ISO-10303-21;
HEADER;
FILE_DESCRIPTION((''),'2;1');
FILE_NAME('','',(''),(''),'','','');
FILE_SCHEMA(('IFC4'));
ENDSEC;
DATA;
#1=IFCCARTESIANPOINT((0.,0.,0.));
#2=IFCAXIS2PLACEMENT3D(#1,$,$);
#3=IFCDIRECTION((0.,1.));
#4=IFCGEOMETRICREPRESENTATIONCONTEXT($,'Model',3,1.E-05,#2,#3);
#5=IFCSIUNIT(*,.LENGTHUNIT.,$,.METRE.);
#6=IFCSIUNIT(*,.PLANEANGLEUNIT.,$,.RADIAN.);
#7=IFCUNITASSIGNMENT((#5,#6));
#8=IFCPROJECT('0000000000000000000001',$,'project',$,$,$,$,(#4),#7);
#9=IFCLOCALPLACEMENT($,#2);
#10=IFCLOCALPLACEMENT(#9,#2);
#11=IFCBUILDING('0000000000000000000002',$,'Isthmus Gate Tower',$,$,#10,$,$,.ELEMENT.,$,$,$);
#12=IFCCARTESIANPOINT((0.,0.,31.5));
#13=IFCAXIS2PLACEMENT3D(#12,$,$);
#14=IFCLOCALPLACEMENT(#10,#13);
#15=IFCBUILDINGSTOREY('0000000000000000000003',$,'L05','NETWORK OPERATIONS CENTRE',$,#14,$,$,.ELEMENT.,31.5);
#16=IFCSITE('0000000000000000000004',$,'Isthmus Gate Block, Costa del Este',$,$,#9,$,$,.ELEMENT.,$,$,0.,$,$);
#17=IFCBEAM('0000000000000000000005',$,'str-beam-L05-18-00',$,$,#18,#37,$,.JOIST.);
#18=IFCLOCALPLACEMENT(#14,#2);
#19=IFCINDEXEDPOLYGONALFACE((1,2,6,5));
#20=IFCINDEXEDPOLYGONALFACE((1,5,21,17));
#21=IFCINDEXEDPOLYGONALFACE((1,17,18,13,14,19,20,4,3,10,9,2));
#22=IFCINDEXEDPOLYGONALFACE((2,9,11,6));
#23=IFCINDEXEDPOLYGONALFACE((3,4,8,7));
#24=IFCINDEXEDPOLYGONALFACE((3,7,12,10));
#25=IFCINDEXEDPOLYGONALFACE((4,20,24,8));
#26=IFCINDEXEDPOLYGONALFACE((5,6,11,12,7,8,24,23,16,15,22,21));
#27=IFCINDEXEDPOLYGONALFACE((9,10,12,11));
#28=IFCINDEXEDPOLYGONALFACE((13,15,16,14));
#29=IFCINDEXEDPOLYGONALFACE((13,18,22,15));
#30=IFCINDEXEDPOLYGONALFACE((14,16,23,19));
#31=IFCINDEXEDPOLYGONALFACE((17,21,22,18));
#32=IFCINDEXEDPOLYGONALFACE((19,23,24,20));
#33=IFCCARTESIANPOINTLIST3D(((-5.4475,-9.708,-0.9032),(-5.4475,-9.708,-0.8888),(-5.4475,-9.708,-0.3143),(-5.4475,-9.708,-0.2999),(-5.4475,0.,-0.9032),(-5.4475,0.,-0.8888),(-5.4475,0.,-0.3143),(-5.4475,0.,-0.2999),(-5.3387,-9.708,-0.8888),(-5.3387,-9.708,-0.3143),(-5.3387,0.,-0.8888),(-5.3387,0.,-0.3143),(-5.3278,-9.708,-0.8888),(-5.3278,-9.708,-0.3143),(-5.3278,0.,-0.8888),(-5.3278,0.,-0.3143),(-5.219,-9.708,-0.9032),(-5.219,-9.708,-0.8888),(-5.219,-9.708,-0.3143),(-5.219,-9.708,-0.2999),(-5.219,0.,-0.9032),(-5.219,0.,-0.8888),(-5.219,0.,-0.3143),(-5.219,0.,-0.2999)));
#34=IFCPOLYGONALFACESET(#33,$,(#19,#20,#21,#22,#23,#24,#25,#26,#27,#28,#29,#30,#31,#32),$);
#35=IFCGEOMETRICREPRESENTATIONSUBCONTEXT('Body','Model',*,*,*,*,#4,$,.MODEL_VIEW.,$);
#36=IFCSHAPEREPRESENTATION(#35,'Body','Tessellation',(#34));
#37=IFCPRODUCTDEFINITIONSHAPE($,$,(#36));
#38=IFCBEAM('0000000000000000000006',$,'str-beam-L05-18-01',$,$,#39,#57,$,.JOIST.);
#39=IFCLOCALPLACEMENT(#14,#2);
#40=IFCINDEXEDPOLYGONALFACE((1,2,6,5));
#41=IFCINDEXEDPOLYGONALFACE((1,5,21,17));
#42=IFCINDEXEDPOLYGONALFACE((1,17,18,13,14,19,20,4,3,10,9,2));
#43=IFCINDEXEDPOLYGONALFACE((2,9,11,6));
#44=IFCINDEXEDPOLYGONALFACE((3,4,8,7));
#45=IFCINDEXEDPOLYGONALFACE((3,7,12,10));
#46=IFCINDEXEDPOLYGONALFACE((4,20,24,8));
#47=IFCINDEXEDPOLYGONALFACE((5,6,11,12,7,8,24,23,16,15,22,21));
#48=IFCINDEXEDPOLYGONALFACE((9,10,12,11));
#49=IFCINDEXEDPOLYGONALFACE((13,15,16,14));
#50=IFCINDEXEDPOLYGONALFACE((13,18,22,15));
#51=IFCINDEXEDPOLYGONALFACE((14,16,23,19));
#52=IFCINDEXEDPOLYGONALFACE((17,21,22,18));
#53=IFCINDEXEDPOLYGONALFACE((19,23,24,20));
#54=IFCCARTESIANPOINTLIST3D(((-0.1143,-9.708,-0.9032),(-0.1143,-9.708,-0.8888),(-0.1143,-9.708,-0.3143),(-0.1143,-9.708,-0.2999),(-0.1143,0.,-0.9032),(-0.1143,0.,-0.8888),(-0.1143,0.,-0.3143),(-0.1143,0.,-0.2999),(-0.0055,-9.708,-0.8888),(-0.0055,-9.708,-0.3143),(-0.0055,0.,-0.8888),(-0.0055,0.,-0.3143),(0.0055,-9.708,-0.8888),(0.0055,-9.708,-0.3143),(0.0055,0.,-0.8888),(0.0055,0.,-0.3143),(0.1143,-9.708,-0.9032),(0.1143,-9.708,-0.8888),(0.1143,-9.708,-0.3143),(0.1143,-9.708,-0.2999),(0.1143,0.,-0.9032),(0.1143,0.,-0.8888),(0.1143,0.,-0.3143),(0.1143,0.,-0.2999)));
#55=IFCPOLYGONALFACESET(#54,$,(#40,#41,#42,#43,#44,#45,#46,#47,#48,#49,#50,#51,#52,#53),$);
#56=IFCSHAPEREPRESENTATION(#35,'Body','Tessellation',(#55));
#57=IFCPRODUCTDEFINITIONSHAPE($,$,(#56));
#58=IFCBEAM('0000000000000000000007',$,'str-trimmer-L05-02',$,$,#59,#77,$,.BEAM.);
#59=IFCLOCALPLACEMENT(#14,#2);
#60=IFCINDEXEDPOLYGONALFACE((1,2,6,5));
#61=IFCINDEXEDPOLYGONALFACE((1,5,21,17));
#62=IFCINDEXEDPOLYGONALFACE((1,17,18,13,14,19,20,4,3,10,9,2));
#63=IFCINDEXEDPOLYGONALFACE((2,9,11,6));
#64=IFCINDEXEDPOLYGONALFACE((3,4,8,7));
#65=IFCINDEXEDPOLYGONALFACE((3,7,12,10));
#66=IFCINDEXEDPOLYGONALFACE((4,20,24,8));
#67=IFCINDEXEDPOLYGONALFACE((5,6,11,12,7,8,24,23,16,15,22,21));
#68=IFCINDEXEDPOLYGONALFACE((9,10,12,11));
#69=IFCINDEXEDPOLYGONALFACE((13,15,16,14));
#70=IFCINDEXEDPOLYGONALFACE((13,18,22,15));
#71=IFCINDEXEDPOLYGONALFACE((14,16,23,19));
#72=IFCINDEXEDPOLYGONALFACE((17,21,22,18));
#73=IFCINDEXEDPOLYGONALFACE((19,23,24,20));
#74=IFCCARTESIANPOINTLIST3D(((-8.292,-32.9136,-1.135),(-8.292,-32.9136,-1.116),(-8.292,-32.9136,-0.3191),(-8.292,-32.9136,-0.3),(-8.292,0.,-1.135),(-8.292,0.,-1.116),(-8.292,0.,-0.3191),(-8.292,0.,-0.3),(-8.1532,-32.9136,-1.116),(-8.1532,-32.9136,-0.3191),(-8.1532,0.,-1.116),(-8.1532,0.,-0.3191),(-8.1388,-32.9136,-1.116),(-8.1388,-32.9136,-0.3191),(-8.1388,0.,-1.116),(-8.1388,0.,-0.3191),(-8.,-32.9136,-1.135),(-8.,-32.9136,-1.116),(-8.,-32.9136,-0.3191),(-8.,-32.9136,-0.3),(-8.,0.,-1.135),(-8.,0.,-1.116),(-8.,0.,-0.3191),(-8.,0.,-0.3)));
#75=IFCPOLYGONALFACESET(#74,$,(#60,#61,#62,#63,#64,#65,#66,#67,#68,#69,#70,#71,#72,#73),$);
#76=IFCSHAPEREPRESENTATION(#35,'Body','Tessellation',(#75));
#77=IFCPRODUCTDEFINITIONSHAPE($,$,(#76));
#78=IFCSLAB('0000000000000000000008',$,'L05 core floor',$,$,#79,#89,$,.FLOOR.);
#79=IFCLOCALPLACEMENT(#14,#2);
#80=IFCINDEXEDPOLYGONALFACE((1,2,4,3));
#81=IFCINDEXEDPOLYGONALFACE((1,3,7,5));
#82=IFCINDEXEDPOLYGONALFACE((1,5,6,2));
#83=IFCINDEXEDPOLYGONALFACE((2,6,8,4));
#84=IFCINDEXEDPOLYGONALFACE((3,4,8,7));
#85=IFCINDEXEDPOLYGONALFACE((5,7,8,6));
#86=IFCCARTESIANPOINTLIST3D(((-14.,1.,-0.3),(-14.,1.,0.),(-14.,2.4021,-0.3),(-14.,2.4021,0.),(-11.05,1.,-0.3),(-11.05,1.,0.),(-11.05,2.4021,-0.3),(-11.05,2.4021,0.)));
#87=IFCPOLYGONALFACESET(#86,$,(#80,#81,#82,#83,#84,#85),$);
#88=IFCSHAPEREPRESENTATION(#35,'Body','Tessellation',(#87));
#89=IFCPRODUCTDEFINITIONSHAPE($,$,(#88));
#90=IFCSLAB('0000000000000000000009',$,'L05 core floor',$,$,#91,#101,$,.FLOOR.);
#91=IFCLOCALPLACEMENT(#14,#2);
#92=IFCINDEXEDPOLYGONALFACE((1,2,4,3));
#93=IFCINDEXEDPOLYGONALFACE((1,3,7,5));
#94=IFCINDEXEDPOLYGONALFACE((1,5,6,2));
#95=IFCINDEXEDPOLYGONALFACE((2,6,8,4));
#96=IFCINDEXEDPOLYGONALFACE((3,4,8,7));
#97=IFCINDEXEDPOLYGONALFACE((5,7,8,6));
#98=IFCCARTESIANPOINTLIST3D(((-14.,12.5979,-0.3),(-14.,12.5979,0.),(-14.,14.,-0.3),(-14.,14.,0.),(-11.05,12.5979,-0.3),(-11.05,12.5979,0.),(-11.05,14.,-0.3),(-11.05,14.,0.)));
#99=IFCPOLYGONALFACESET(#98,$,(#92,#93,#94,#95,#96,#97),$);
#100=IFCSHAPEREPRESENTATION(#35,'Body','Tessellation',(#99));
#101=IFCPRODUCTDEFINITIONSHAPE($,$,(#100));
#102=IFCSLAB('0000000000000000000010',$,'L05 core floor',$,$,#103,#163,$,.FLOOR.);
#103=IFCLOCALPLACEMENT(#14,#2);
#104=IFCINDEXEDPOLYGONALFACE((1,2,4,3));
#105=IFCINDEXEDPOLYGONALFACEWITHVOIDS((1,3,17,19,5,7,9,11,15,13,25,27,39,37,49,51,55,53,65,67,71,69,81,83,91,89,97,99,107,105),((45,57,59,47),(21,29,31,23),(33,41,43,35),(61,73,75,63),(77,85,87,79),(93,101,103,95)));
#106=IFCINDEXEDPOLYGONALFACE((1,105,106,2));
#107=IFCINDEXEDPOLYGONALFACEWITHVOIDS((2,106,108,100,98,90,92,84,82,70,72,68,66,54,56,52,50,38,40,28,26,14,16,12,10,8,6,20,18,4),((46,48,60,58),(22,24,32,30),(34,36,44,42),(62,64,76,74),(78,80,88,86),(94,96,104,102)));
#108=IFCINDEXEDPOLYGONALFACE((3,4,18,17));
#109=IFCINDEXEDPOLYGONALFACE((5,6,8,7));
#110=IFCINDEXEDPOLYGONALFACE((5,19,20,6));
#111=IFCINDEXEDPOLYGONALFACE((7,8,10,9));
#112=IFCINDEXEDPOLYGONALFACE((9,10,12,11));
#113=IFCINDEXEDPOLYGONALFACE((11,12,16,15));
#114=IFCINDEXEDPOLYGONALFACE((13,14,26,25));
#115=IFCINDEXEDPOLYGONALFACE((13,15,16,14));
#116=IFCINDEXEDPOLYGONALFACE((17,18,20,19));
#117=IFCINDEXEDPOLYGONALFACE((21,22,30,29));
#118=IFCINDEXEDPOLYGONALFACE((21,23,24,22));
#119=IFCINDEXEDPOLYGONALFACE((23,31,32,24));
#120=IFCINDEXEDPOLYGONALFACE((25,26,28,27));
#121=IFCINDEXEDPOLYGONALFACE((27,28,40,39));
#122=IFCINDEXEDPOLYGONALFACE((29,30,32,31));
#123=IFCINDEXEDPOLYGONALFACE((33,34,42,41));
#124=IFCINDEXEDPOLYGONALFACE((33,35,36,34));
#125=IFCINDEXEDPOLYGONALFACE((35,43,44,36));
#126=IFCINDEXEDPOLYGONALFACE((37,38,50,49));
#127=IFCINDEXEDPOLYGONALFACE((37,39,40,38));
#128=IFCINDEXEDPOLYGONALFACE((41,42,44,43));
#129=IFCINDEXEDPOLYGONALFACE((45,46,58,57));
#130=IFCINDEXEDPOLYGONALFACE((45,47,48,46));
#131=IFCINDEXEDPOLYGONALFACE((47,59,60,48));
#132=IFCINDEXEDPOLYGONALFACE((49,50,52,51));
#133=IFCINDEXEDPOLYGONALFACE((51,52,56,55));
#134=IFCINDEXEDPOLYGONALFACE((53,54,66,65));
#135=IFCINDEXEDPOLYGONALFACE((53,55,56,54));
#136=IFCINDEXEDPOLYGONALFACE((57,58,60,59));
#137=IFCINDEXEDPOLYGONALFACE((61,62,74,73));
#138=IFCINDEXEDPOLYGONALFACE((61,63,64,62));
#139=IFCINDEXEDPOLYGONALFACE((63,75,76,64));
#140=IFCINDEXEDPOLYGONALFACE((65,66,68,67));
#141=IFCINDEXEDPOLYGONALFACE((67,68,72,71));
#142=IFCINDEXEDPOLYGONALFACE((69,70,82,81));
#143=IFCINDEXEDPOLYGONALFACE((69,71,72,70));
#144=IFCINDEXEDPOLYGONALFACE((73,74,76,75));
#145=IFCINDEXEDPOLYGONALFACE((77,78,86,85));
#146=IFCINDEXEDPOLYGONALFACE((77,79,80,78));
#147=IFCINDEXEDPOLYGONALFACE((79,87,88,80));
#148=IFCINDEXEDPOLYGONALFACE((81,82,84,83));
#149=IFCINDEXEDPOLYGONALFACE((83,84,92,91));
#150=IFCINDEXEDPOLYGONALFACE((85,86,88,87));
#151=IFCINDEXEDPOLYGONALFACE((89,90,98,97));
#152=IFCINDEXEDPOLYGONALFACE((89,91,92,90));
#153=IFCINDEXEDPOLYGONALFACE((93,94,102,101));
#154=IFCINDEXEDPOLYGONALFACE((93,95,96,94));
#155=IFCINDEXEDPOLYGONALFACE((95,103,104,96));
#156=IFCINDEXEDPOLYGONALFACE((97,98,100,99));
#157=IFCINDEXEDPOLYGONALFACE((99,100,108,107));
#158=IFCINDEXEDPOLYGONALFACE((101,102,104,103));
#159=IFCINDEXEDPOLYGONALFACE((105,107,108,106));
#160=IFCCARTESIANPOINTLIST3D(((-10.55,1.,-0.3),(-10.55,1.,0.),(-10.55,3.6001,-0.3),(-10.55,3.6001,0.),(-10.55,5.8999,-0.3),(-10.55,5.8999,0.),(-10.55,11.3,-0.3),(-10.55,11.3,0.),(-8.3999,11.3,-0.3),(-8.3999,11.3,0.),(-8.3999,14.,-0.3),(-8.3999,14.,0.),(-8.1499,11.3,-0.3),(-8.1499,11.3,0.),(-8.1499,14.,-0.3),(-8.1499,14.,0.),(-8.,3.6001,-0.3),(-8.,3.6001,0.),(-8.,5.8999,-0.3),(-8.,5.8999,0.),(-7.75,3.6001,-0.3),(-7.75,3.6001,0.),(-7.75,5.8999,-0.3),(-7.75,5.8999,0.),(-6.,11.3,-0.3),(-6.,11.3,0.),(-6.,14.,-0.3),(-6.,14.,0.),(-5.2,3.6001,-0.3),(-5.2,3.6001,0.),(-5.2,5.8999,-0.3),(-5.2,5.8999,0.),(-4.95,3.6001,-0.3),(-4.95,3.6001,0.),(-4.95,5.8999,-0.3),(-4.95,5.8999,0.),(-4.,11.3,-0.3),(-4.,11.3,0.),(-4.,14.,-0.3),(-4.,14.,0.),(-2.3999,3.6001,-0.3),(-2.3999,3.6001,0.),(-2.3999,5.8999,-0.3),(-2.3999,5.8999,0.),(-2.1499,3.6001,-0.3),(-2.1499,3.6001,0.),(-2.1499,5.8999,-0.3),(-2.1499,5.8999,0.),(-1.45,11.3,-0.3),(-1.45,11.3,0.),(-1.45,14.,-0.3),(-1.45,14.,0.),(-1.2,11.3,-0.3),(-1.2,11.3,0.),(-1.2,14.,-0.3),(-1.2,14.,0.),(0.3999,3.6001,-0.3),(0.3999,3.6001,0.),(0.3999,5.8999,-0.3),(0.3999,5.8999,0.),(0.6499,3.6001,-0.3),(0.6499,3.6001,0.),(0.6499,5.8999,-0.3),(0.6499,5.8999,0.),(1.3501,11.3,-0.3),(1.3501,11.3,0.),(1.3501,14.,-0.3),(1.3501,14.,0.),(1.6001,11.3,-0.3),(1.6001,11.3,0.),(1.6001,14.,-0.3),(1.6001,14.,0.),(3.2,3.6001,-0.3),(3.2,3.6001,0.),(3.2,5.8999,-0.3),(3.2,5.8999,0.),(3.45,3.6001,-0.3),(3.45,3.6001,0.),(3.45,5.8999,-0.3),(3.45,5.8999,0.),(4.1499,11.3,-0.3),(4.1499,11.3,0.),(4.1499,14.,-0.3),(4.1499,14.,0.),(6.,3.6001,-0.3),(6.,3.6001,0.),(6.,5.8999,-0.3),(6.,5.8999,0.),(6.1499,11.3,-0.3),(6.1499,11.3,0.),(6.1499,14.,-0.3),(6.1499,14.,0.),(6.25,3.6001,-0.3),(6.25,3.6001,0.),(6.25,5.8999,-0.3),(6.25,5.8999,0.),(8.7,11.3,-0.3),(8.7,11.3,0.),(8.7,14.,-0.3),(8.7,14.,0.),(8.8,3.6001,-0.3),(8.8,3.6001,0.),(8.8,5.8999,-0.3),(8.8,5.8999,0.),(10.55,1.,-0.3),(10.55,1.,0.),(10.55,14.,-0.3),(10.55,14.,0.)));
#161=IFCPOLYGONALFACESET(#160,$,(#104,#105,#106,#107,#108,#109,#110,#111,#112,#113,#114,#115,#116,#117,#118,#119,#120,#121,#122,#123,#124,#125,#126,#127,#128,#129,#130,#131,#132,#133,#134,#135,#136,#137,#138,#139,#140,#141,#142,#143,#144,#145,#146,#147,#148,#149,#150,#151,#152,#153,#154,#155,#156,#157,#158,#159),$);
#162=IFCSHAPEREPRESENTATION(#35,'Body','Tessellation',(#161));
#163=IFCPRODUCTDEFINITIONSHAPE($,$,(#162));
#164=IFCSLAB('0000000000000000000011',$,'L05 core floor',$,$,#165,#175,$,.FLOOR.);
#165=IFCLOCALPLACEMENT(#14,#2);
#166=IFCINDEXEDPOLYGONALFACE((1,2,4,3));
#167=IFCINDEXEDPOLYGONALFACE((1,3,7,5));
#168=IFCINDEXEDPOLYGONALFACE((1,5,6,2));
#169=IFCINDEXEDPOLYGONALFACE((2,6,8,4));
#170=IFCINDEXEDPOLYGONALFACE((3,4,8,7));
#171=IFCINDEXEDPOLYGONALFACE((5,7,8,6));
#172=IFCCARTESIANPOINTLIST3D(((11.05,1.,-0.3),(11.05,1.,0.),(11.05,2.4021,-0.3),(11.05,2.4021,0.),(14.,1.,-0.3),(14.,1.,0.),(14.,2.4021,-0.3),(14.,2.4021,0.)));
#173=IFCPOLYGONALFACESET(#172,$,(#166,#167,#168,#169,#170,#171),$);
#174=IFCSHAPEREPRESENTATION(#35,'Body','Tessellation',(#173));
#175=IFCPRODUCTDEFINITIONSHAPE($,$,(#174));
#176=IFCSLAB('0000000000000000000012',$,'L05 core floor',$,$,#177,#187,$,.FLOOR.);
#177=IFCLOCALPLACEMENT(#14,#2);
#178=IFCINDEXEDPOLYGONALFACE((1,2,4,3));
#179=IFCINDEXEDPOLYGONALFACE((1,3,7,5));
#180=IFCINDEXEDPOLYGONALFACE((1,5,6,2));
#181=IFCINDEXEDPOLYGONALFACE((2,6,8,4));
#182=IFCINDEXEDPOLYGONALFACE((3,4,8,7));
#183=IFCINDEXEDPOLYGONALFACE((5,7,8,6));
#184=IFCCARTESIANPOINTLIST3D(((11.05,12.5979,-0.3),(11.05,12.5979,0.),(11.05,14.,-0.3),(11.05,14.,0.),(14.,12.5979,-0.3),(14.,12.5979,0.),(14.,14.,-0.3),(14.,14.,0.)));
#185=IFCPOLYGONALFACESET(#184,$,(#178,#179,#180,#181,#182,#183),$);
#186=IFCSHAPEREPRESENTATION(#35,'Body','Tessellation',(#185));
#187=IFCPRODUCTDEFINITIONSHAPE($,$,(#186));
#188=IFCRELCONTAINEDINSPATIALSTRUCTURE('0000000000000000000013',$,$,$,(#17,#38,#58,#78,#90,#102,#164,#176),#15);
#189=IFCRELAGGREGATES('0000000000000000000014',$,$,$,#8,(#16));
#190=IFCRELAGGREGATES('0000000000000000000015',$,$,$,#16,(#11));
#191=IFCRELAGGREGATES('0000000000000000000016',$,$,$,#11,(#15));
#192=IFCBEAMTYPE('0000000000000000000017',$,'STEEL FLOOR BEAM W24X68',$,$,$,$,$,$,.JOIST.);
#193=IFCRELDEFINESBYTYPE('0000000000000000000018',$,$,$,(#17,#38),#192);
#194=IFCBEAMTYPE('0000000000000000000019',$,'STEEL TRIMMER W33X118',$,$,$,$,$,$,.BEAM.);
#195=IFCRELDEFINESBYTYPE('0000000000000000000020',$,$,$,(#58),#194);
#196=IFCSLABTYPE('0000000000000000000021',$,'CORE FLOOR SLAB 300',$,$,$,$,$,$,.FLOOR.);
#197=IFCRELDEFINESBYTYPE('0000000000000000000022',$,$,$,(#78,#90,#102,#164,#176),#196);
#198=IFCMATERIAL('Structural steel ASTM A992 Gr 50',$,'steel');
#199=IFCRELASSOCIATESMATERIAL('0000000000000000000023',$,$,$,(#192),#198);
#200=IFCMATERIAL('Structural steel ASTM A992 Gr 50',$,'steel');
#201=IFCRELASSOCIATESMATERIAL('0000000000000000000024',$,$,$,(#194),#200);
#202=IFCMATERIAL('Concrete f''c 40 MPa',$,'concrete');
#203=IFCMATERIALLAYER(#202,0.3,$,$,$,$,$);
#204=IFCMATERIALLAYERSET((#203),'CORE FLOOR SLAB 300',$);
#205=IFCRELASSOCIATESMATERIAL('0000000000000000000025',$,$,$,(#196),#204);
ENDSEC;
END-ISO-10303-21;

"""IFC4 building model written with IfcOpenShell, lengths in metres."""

from ifc_helpers import new_model, si_unit, direction, frame, origin, origin_2d, place, context, subcontext, project, spatial, polyline, i_section, outline, extrude, material, layer, layer_set, material_profile, profile_set, type_object, element, save


model = new_model("IFC4")

# Units and contexts
model_context = context("Model", 3, precision=1e-05, world=origin(), true_north=direction((0.0, 1.0)))
body_context = subcontext(model_context, "Body", "Model", "MODEL_VIEW")
ifc_project = project(units=[si_unit("LENGTHUNIT", "METRE"), si_unit("PLANEANGLEUNIT", "RADIAN")], contexts=[model_context])

# Site, building, storey
site_placement = place(None, origin())
site = spatial("IfcSite", under=ifc_project, at=site_placement, Name="Isthmus Gate Block, Costa del Este", CompositionType="ELEMENT", RefElevation=0.0)
building_placement = place(site_placement, origin())
building = spatial("IfcBuilding", under=site, at=building_placement, Name="Isthmus Gate Tower", CompositionType="ELEMENT")
storey_placement = place(building_placement, frame((0.0, 0.0, 31.5)))
storey = spatial("IfcBuildingStorey", under=building, at=storey_placement, Name="L05", Description="NETWORK OPERATIONS CENTRE", CompositionType="ELEMENT", Elevation=31.5)

# Beams
ifc_material_1 = material(Name="Structural steel ASTM A992 Gr 50", Category="steel")
ifc_material_profile_1 = material_profile(ifc_material_1, i_section(OverallWidth=0.2285, OverallDepth=0.6033, WebThickness=0.011, FlangeThickness=0.0144, at=origin_2d()), Name="W24X68")
ifc_profile_set_1 = profile_set([ifc_material_profile_1], Name="Structural steel ASTM A992 Gr 50")
beam_type_1 = type_object("IfcBeamType", Name="STEEL FLOOR BEAM W24X68", PredefinedType="JOIST", material=ifc_profile_set_1)
for number, where, z_axis, x_axis, name in (
    (1, (-5.3333, -9.708, -0.6016), (0.0, 1.0, 0.0), (-1.0, 0.0, 0.0), "str-beam-L05-18-00"),
    (2, (0.0, -9.708, -0.6016), (0.0, 1.0, 0.0), (-1.0, 0.0, 0.0), "str-beam-L05-18-01"),
):
    element("IfcBeam", number, at=place(storey_placement, frame(where, z_axis=z_axis, x_axis=x_axis)), inside=storey, type_object=beam_type_1, Name=name, PredefinedType="JOIST", context=body_context, shape_type="SweptSolid", body=[
        extrude(i_section(OverallWidth=0.2285, OverallDepth=0.6033, WebThickness=0.011, FlangeThickness=0.0144, at=origin_2d()), origin(), (0.0, 0.0, 1.0), 9.708),
    ])
ifc_material_2 = material(Name="Structural steel ASTM A992 Gr 50", Category="steel")
ifc_material_profile_2 = material_profile(ifc_material_2, i_section(OverallWidth=0.292, OverallDepth=0.835, WebThickness=0.0144, FlangeThickness=0.019, at=origin_2d()), Name="W33X118")
ifc_profile_set_2 = profile_set([ifc_material_profile_2], Name="Structural steel ASTM A992 Gr 50")
beam_type_2 = type_object("IfcBeamType", Name="STEEL TRIMMER W33X118", PredefinedType="BEAM", material=ifc_profile_set_2)
beam_placement = place(storey_placement, frame((-8.146, 0.0, -0.7175), z_axis=(0.0, -1.0, 0.0), x_axis=(1.0, 0.0, 0.0)))
element("IfcBeam", 3, at=beam_placement, inside=storey, type_object=beam_type_2, Name="str-trimmer-L05-02", PredefinedType="BEAM", context=body_context, shape_type="SweptSolid", body=[
    extrude(i_section(OverallWidth=0.292, OverallDepth=0.835, WebThickness=0.0144, FlangeThickness=0.019, at=origin_2d()), origin(), (0.0, 0.0, 1.0), 32.9136),
])

# Slabs
ifc_material_3 = material(Name="Concrete f'c 40 MPa", Category="concrete")
ifc_layer_1 = layer(ifc_material_3, 0.3)
ifc_layer_set_1 = layer_set([ifc_layer_1], Name="CORE FLOOR SLAB 300")
slab_type_1 = type_object("IfcSlabType", Name="CORE FLOOR SLAB 300", PredefinedType="FLOOR", material=ifc_layer_set_1)
slab_1_placement = place(storey_placement, frame((0.0, 0.0, -0.3)))
element("IfcSlab", 4, at=slab_1_placement, inside=storey, type_object=slab_type_1, Name="L05 core floor", PredefinedType="FLOOR", context=body_context, shape_type="SweptSolid", body=[
    extrude(outline(polyline([(-11.05, 1.0), (-11.05, 2.4021), (-14.0, 2.4021), (-14.0, 1.0), (-11.05, 1.0)])), origin(), (0.0, 0.0, 1.0), 0.3),
])
slab_2_placement = place(storey_placement, frame((0.0, 0.0, -0.3)))
element("IfcSlab", 5, at=slab_2_placement, inside=storey, type_object=slab_type_1, Name="L05 core floor", PredefinedType="FLOOR", context=body_context, shape_type="SweptSolid", body=[
    extrude(outline(polyline([(-14.0, 14.0), (-14.0, 12.5979), (-11.05, 12.5979), (-11.05, 14.0), (-14.0, 14.0)])), origin(), (0.0, 0.0, 1.0), 0.3),
])
slab_3_placement = place(storey_placement, frame((0.0, 0.0, -0.3)))
element("IfcSlab", 6, at=slab_3_placement, inside=storey, type_object=slab_type_1, Name="L05 core floor", PredefinedType="FLOOR", context=body_context, shape_type="SweptSolid", body=[
    extrude(outline(polyline([(10.55, 14.0), (8.7, 14.0), (8.7, 11.3), (6.1499, 11.3), (6.1499, 14.0), (4.1499, 14.0), (4.1499, 11.3), (1.6001, 11.3), (1.6001, 14.0), (1.3501, 14.0), (1.3501, 11.3), (-1.2, 11.3), (-1.2, 14.0), (-1.45, 14.0), (-1.45, 11.3), (-4.0, 11.3), (-4.0, 14.0), (-6.0, 14.0), (-6.0, 11.3), (-8.1499, 11.3), (-8.1499, 14.0), (-8.3999, 14.0), (-8.3999, 11.3), (-10.55, 11.3), (-10.55, 5.8999), (-8.0, 5.8999), (-8.0, 3.6001), (-10.55, 3.6001), (-10.55, 1.0), (10.55, 1.0), (10.55, 14.0)]), holes=[polyline([(-5.2, 5.8999), (-5.2, 3.6001), (-7.75, 3.6001), (-7.75, 5.8999), (-5.2, 5.8999)]), polyline([(-2.3999, 5.8999), (-2.3999, 3.6001), (-4.95, 3.6001), (-4.95, 5.8999), (-2.3999, 5.8999)]), polyline([(0.3999, 5.8999), (0.3999, 3.6001), (-2.1499, 3.6001), (-2.1499, 5.8999), (0.3999, 5.8999)]), polyline([(3.2, 5.8999), (3.2, 3.6001), (0.6499, 3.6001), (0.6499, 5.8999), (3.2, 5.8999)]), polyline([(6.0, 5.8999), (6.0, 3.6001), (3.45, 3.6001), (3.45, 5.8999), (6.0, 5.8999)]), polyline([(8.8, 5.8999), (8.8, 3.6001), (6.25, 3.6001), (6.25, 5.8999), (8.8, 5.8999)])]), origin(), (0.0, 0.0, 1.0), 0.3),
])
slab_4_placement = place(storey_placement, frame((0.0, 0.0, -0.3)))
element("IfcSlab", 7, at=slab_4_placement, inside=storey, type_object=slab_type_1, Name="L05 core floor", PredefinedType="FLOOR", context=body_context, shape_type="SweptSolid", body=[
    extrude(outline(polyline([(14.0, 1.0), (14.0, 2.4021), (11.05, 2.4021), (11.05, 1.0), (14.0, 1.0)])), origin(), (0.0, 0.0, 1.0), 0.3),
])
slab_5_placement = place(storey_placement, frame((0.0, 0.0, -0.3)))
element("IfcSlab", 8, at=slab_5_placement, inside=storey, type_object=slab_type_1, Name="L05 core floor", PredefinedType="FLOOR", context=body_context, shape_type="SweptSolid", body=[
    extrude(outline(polyline([(11.05, 14.0), (11.05, 12.5979), (14.0, 12.5979), (14.0, 14.0), (11.05, 14.0)])), origin(), (0.0, 0.0, 1.0), 0.3),
])

save(model, "model.ifc")
